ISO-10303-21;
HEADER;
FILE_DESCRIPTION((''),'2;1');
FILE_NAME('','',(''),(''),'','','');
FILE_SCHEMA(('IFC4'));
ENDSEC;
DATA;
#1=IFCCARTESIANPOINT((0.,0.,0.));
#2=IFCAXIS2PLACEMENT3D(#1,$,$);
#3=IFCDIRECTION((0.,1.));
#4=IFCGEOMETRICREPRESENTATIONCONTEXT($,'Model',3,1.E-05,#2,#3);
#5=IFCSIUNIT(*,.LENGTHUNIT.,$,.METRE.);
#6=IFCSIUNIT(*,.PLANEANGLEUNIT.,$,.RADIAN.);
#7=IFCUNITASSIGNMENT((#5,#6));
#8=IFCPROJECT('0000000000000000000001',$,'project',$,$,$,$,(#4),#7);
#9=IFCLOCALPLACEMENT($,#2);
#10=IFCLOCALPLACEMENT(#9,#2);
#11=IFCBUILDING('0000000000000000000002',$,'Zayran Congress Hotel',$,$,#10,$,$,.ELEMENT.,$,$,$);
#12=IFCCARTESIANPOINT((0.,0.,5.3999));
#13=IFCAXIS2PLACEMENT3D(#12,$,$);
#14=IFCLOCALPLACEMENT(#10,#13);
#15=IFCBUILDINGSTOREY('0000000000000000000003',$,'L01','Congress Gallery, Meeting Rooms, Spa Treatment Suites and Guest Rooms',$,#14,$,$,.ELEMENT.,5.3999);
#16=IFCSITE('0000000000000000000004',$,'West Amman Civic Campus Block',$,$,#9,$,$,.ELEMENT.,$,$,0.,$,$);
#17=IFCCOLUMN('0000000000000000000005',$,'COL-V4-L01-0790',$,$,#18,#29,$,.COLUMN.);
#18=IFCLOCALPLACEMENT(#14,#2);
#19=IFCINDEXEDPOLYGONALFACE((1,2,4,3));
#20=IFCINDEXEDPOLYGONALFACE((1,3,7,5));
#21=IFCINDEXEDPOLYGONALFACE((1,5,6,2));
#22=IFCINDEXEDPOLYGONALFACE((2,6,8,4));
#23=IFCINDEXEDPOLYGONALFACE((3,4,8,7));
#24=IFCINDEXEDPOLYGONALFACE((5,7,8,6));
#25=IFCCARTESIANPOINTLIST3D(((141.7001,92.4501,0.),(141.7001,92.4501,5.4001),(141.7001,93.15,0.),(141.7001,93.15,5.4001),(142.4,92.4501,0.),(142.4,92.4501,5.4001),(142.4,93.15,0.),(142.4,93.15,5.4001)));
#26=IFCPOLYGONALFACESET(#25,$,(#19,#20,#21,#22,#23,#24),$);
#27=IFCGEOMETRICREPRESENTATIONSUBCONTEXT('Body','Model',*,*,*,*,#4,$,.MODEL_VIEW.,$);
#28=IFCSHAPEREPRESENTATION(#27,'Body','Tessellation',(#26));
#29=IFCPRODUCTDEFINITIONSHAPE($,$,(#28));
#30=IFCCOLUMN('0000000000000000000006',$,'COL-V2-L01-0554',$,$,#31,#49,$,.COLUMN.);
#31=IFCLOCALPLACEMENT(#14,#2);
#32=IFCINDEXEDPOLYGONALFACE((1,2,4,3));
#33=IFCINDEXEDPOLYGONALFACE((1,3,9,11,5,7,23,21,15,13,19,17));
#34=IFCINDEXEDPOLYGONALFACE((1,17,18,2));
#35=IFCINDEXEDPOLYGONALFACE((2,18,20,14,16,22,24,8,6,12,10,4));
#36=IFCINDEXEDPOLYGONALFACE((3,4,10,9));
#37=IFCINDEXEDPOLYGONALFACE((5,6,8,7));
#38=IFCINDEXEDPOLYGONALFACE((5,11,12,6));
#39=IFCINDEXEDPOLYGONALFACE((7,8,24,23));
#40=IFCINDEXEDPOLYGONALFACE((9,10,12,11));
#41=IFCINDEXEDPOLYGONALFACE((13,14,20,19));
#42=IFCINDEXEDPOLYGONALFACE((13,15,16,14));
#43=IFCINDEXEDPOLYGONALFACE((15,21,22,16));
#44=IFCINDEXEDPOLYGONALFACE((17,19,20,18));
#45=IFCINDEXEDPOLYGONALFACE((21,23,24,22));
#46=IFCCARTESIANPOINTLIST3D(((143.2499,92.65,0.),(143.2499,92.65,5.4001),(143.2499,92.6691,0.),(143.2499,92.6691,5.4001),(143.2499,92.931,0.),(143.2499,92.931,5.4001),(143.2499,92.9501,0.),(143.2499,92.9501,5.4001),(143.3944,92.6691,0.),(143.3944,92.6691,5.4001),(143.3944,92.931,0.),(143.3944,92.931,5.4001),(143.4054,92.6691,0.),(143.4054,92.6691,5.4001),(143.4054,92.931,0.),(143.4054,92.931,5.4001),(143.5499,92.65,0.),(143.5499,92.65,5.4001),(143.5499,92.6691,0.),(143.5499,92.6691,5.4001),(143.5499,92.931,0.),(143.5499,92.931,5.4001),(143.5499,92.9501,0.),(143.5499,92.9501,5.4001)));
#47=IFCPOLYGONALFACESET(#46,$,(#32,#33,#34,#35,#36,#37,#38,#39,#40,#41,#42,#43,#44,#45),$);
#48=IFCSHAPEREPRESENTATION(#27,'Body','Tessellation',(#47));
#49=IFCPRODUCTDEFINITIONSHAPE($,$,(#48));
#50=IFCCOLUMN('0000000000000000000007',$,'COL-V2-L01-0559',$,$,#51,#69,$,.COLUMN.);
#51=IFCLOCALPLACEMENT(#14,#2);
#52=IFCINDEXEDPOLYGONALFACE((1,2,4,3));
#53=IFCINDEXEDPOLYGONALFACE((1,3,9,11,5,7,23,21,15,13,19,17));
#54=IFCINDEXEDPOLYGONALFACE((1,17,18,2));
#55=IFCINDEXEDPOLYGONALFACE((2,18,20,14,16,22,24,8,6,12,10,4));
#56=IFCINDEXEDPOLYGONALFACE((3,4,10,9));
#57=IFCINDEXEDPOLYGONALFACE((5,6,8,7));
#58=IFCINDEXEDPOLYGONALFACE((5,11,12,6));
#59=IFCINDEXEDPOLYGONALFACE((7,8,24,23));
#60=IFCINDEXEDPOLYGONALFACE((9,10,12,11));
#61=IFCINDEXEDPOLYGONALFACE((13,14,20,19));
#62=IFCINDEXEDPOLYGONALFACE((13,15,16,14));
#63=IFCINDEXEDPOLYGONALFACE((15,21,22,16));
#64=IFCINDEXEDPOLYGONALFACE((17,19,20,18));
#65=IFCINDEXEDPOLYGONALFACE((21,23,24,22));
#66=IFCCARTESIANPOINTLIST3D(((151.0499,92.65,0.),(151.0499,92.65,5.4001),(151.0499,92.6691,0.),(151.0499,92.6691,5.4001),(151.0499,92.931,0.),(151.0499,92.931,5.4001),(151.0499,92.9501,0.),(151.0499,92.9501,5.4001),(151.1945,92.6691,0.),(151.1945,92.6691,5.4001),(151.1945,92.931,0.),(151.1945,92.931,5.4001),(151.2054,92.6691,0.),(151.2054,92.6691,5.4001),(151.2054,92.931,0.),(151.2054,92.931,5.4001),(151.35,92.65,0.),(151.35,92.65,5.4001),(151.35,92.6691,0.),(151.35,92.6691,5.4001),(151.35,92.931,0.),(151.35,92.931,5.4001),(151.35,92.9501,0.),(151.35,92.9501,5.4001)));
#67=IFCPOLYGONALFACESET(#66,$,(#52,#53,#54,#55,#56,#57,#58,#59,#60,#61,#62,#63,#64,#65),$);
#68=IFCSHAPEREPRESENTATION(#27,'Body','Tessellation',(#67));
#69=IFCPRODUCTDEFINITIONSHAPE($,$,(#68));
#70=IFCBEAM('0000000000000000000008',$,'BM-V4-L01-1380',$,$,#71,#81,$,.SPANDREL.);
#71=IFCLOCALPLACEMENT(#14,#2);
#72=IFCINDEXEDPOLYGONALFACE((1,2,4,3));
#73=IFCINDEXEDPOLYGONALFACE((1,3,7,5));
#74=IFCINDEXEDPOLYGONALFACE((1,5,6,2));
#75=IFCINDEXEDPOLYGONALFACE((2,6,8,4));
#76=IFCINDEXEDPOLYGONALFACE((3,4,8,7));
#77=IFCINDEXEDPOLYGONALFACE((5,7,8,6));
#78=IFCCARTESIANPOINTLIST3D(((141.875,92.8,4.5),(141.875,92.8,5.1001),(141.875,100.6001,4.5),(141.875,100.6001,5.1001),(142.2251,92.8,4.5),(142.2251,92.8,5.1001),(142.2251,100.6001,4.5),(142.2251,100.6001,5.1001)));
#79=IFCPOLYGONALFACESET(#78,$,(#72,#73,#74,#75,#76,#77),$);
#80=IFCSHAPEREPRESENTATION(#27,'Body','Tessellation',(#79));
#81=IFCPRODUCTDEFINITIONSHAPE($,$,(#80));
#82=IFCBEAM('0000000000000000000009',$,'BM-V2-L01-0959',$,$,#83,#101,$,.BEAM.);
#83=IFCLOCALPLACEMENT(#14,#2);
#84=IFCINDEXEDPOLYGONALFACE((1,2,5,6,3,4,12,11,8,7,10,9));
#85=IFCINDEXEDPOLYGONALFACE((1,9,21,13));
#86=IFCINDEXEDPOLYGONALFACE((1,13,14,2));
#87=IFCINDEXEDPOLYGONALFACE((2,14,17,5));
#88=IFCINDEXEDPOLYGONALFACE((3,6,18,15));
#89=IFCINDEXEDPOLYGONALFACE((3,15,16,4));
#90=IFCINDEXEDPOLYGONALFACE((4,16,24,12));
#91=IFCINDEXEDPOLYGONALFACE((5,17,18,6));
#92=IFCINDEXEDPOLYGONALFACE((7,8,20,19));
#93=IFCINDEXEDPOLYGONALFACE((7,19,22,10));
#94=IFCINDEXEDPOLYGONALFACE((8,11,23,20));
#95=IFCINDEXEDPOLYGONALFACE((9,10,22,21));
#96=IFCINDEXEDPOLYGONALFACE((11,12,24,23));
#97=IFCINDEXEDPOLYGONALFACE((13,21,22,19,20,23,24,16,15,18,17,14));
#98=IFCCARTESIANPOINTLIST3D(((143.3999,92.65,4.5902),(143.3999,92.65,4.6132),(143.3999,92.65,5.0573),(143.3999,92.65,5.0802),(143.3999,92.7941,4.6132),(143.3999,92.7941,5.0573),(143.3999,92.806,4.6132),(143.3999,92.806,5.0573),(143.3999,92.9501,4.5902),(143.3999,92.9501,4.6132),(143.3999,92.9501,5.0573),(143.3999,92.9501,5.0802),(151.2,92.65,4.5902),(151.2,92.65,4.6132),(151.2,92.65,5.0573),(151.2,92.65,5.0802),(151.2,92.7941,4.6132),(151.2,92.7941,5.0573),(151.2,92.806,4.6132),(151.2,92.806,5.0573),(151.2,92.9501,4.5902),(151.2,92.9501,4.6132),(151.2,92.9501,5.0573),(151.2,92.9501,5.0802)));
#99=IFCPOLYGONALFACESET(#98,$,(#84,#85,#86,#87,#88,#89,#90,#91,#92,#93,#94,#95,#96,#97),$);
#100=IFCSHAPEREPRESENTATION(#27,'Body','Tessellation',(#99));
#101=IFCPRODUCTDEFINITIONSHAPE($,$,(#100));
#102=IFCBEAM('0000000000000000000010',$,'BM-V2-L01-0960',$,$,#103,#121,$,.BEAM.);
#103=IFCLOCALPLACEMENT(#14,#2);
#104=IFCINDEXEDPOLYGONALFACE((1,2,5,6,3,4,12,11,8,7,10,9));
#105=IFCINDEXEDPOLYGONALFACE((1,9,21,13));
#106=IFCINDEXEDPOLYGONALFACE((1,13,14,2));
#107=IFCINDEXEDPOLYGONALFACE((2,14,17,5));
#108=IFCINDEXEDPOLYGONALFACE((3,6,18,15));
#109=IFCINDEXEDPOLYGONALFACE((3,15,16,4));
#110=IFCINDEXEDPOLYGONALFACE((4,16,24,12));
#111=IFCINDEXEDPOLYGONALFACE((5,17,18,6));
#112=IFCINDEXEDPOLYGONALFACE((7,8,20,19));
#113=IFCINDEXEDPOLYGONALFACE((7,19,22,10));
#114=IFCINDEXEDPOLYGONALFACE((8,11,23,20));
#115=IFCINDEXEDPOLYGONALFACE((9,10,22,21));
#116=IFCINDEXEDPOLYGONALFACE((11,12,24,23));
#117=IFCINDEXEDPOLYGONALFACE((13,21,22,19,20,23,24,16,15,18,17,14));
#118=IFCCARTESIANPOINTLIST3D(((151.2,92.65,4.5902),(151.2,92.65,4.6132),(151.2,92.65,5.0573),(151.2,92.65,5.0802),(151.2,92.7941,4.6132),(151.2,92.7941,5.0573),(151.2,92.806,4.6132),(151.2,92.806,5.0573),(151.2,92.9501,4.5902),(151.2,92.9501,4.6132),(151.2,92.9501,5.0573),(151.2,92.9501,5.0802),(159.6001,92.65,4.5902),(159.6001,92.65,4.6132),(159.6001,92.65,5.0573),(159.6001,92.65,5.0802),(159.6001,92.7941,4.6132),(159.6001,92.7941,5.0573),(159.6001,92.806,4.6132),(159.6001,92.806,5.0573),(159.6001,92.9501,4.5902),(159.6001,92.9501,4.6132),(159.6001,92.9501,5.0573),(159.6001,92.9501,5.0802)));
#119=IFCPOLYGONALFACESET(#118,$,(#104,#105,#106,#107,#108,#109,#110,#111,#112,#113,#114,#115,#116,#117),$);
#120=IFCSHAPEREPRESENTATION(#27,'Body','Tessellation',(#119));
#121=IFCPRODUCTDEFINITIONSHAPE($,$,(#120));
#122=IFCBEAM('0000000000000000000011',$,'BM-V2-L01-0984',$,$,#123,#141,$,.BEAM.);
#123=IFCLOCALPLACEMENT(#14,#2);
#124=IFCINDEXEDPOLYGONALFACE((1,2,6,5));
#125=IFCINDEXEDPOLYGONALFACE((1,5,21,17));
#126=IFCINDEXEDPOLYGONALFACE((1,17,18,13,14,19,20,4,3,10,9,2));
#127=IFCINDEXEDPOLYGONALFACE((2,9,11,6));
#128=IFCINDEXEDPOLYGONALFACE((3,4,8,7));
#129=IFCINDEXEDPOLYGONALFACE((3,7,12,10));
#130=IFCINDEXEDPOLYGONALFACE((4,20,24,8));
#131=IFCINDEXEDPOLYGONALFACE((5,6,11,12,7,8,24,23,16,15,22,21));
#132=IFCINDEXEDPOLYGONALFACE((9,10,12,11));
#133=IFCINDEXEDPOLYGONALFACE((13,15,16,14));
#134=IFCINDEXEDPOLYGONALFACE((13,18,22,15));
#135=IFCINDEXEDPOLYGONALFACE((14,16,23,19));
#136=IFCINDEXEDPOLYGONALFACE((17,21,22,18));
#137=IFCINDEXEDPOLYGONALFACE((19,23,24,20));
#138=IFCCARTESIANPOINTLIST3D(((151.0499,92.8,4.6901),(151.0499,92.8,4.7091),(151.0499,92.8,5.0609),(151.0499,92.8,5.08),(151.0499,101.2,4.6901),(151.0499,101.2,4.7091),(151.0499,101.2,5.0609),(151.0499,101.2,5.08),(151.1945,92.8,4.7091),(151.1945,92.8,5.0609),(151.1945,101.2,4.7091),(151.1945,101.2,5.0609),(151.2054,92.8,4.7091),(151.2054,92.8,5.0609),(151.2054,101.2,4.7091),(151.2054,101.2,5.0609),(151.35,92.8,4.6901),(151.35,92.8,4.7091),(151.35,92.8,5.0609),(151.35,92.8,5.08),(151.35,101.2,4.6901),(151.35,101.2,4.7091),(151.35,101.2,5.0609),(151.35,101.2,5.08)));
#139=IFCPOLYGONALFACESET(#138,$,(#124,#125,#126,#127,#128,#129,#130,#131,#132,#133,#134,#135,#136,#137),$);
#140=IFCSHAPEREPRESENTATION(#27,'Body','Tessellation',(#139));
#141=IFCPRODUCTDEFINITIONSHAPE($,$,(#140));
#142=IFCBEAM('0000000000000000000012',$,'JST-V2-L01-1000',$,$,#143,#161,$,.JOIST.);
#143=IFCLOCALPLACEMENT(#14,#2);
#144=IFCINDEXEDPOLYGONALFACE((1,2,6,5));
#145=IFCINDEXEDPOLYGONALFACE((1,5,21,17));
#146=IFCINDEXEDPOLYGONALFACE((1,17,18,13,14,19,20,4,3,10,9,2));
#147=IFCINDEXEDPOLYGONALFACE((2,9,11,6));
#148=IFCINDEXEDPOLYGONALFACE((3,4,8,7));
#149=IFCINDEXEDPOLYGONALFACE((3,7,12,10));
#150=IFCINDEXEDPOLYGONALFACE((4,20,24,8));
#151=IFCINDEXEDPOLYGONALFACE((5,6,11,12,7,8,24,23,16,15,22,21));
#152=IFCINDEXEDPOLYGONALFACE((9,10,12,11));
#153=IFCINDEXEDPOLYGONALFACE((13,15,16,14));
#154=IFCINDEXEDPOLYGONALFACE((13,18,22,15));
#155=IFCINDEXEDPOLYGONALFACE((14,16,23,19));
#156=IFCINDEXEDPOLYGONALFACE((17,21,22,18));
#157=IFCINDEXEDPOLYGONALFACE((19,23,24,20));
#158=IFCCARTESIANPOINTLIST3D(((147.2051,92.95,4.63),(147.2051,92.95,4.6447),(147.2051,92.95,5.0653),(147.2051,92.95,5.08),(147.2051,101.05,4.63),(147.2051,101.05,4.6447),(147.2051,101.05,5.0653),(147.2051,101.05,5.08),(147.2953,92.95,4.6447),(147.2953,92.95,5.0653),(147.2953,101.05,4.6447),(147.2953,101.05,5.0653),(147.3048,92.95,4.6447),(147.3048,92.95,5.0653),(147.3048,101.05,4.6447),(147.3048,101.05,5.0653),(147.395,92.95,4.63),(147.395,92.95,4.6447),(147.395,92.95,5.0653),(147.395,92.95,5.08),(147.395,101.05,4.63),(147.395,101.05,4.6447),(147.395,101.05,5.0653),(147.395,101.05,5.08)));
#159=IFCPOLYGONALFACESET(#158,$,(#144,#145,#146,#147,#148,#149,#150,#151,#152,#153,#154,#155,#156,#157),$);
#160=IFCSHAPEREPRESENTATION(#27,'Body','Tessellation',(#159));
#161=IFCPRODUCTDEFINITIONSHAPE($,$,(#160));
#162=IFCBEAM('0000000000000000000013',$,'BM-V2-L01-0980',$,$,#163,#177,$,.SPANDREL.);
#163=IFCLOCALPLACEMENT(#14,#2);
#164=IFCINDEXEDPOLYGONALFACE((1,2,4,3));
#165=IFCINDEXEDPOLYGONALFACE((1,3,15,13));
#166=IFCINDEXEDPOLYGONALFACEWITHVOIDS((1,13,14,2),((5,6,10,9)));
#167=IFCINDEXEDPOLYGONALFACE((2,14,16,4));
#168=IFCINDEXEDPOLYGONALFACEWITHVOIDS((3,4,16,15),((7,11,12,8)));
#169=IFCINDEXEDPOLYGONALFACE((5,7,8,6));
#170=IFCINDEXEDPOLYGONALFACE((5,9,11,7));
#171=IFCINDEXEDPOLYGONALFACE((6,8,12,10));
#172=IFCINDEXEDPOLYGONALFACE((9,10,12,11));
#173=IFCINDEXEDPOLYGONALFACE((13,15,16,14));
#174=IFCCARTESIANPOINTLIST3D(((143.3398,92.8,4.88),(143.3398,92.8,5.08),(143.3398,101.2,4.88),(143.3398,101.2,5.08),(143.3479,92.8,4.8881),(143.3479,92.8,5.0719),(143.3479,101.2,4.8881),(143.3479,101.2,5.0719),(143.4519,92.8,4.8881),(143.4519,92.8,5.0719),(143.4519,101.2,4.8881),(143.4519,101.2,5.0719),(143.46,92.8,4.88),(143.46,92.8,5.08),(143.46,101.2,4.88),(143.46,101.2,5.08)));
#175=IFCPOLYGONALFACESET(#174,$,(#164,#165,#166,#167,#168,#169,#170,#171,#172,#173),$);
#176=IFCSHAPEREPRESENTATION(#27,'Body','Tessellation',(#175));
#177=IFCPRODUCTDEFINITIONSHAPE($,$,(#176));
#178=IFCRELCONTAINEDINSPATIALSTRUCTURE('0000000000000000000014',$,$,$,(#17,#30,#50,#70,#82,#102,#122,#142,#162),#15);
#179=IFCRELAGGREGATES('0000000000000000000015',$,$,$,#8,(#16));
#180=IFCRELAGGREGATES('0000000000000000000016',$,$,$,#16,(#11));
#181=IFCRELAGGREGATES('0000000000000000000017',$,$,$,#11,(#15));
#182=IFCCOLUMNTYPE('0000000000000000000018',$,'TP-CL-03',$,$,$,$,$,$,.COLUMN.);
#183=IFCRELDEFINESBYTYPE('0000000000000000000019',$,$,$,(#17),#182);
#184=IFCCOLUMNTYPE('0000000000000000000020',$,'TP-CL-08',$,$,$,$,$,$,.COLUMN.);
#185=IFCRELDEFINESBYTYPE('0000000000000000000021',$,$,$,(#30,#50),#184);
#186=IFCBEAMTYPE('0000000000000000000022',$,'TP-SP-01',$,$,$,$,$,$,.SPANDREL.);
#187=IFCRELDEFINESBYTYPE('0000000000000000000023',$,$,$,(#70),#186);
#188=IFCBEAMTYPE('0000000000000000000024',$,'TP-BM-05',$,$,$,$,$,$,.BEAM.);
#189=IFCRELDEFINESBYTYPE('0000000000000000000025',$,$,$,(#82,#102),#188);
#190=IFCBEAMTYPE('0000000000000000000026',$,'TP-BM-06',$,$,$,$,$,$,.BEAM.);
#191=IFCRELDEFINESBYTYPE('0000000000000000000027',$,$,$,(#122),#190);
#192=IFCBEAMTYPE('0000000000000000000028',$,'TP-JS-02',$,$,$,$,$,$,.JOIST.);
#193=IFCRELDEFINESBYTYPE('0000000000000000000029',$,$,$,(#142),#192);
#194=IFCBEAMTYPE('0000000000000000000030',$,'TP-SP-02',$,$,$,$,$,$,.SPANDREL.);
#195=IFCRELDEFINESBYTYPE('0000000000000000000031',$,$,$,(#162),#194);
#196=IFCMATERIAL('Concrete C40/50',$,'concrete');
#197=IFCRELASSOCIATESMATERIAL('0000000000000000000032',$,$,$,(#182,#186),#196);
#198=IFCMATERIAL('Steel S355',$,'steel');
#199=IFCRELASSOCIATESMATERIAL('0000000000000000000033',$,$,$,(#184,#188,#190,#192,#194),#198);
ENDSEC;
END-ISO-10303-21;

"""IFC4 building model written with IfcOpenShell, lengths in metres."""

from ifc_helpers import new_model, si_unit, direction, frame, origin, origin_2d, place, context, subcontext, project, spatial, rectangle, hollow_rectangle, i_section, extrude, material, material_profile, profile_set, type_object, element, save


model = new_model("IFC4")

# Units and contexts
model_context = context("Model", 3, precision=1e-05, world=origin(), true_north=direction((0.0, 1.0)))
body_context = subcontext(model_context, "Body", "Model", "MODEL_VIEW")
ifc_project = project(units=[si_unit("LENGTHUNIT", "METRE"), si_unit("PLANEANGLEUNIT", "RADIAN")], contexts=[model_context])

# Site, building, storey
site_placement = place(None, origin())
site = spatial("IfcSite", under=ifc_project, at=site_placement, Name="West Amman Civic Campus Block", CompositionType="ELEMENT", RefElevation=0.0)
building_placement = place(site_placement, origin())
building = spatial("IfcBuilding", under=site, at=building_placement, Name="Zayran Congress Hotel", CompositionType="ELEMENT")
storey_placement = place(building_placement, frame((0.0, 0.0, 5.3999)))
storey = spatial("IfcBuildingStorey", under=building, at=storey_placement, Name="L01", Description="Congress Gallery, Meeting Rooms, Spa Treatment Suites and Guest Rooms", CompositionType="ELEMENT", Elevation=5.3999)

# Columns
ifc_material_1 = material(Name="Concrete C40/50", Category="concrete")
ifc_material_profile_1 = material_profile(ifc_material_1, rectangle(XDim=0.7, YDim=0.7, at=origin_2d()), Name="RC 700x700")
ifc_profile_set_1 = profile_set([ifc_material_profile_1], Name="Concrete C40/50")
column_type_1 = type_object("IfcColumnType", Name="TP-CL-03", PredefinedType="COLUMN", material=ifc_profile_set_1)
column_placement = place(storey_placement, frame((142.05, 92.8, 0.0), z_axis=(0.0, 0.0, 1.0), x_axis=(1.0, 0.0, 0.0)))
element("IfcColumn", 1, at=column_placement, inside=storey, type_object=column_type_1, Name="COL-V4-L01-0790", PredefinedType="COLUMN", context=body_context, shape_type="SweptSolid", body=[
    extrude(rectangle(XDim=0.7, YDim=0.7, at=origin_2d()), origin(), (0.0, 0.0, 1.0), 5.4001),
])
ifc_material_2 = material(Name="Steel S355", Category="steel")
ifc_material_profile_2 = material_profile(ifc_material_2, i_section(OverallWidth=0.3, OverallDepth=0.3, WebThickness=0.011, FlangeThickness=0.019, at=origin_2d()), Name="HEB 300")
ifc_profile_set_2 = profile_set([ifc_material_profile_2], Name="Steel S355")
column_type_2 = type_object("IfcColumnType", Name="TP-CL-08", PredefinedType="COLUMN", material=ifc_profile_set_2)
for number, where, z_axis, x_axis, name in (
    (2, (143.3999, 92.8, 0.0), (0.0, 0.0, 1.0), (1.0, 0.0, 0.0), "COL-V2-L01-0554"),
    (3, (151.2, 92.8, 0.0), (0.0, 0.0, 1.0), (1.0, 0.0, 0.0), "COL-V2-L01-0559"),
):
    element("IfcColumn", number, at=place(storey_placement, frame(where, z_axis=z_axis, x_axis=x_axis)), inside=storey, type_object=column_type_2, Name=name, PredefinedType="COLUMN", context=body_context, shape_type="SweptSolid", body=[
        extrude(i_section(OverallWidth=0.3, OverallDepth=0.3, WebThickness=0.011, FlangeThickness=0.019, at=origin_2d()), origin(), (0.0, 0.0, 1.0), 5.4001),
    ])

# Beams
ifc_material_profile_3 = material_profile(ifc_material_1, rectangle(XDim=0.3501, YDim=0.6001, at=origin_2d()), Name="RC 350x600")
ifc_profile_set_3 = profile_set([ifc_material_profile_3], Name="Concrete C40/50")
beam_type_1 = type_object("IfcBeamType", Name="TP-SP-01", PredefinedType="SPANDREL", material=ifc_profile_set_3)
beam_1_placement = place(storey_placement, frame((142.05, 92.8, 4.8), z_axis=(0.0, 1.0, 0.0), x_axis=(-1.0, 0.0, 0.0)))
element("IfcBeam", 4, at=beam_1_placement, inside=storey, type_object=beam_type_1, Name="BM-V4-L01-1380", PredefinedType="SPANDREL", context=body_context, shape_type="SweptSolid", body=[
    extrude(rectangle(XDim=0.3501, YDim=0.6001, at=origin_2d()), origin(), (0.0, 0.0, 1.0), 7.8),
])
ifc_material_profile_4 = material_profile(ifc_material_2, i_section(OverallWidth=0.3, OverallDepth=0.49, WebThickness=0.012, FlangeThickness=0.0229, at=origin_2d()), Name="HEA 500")
ifc_profile_set_4 = profile_set([ifc_material_profile_4], Name="Steel S355")
beam_type_2 = type_object("IfcBeamType", Name="TP-BM-05", PredefinedType="BEAM", material=ifc_profile_set_4)
beam_2_placement = place(storey_placement, frame((143.3999, 92.8, 4.8352), z_axis=(1.0, 0.0, 0.0), x_axis=(0.0, 1.0, 0.0)))
element("IfcBeam", 5, at=beam_2_placement, inside=storey, type_object=beam_type_2, Name="BM-V2-L01-0959", PredefinedType="BEAM", context=body_context, shape_type="SweptSolid", body=[
    extrude(i_section(OverallWidth=0.3, OverallDepth=0.49, WebThickness=0.012, FlangeThickness=0.0229, at=origin_2d()), origin(), (0.0, 0.0, 1.0), 7.8),
])
beam_3_placement = place(storey_placement, frame((151.2, 92.8, 4.8352), z_axis=(1.0, 0.0, 0.0), x_axis=(0.0, 1.0, 0.0)))
element("IfcBeam", 6, at=beam_3_placement, inside=storey, type_object=beam_type_2, Name="BM-V2-L01-0960", PredefinedType="BEAM", context=body_context, shape_type="SweptSolid", body=[
    extrude(i_section(OverallWidth=0.3, OverallDepth=0.49, WebThickness=0.012, FlangeThickness=0.0229, at=origin_2d()), origin(), (0.0, 0.0, 1.0), 8.4001),
])
ifc_material_profile_5 = material_profile(ifc_material_2, i_section(OverallWidth=0.3, OverallDepth=0.3899, WebThickness=0.011, FlangeThickness=0.019, at=origin_2d()), Name="HEA 400")
ifc_profile_set_5 = profile_set([ifc_material_profile_5], Name="Steel S355")
beam_type_3 = type_object("IfcBeamType", Name="TP-BM-06", PredefinedType="BEAM", material=ifc_profile_set_5)
beam_4_placement = place(storey_placement, frame((151.2, 92.8, 4.885), z_axis=(0.0, 1.0, 0.0), x_axis=(-1.0, 0.0, 0.0)))
element("IfcBeam", 7, at=beam_4_placement, inside=storey, type_object=beam_type_3, Name="BM-V2-L01-0984", PredefinedType="BEAM", context=body_context, shape_type="SweptSolid", body=[
    extrude(i_section(OverallWidth=0.3, OverallDepth=0.3899, WebThickness=0.011, FlangeThickness=0.019, at=origin_2d()), origin(), (0.0, 0.0, 1.0), 8.3999),
])
ifc_material_profile_6 = material_profile(ifc_material_2, i_section(OverallWidth=0.1899, OverallDepth=0.45, WebThickness=0.0095, FlangeThickness=0.0146, at=origin_2d()), Name="IPE 450")
ifc_profile_set_6 = profile_set([ifc_material_profile_6], Name="Steel S355")
beam_type_4 = type_object("IfcBeamType", Name="TP-JS-02", PredefinedType="JOIST", material=ifc_profile_set_6)
beam_5_placement = place(storey_placement, frame((147.3, 92.95, 4.855), z_axis=(0.0, 1.0, 0.0), x_axis=(-1.0, 0.0, 0.0)))
element("IfcBeam", 8, at=beam_5_placement, inside=storey, type_object=beam_type_4, Name="JST-V2-L01-1000", PredefinedType="JOIST", context=body_context, shape_type="SweptSolid", body=[
    extrude(i_section(OverallWidth=0.1899, OverallDepth=0.45, WebThickness=0.0095, FlangeThickness=0.0146, at=origin_2d()), origin(), (0.0, 0.0, 1.0), 8.1001),
])
ifc_material_profile_7 = material_profile(ifc_material_2, hollow_rectangle(XDim=0.1201, YDim=0.2, WallThickness=0.0081, at=origin_2d()), Name="RHS 200x120x8")
ifc_profile_set_7 = profile_set([ifc_material_profile_7], Name="Steel S355")
beam_type_5 = type_object("IfcBeamType", Name="TP-SP-02", PredefinedType="SPANDREL", material=ifc_profile_set_7)
beam_6_placement = place(storey_placement, frame((143.3999, 92.8, 4.98), z_axis=(0.0, 1.0, 0.0), x_axis=(-1.0, 0.0, 0.0)))
element("IfcBeam", 9, at=beam_6_placement, inside=storey, type_object=beam_type_5, Name="BM-V2-L01-0980", PredefinedType="SPANDREL", context=body_context, shape_type="SweptSolid", body=[
    extrude(hollow_rectangle(XDim=0.1201, YDim=0.2, WallThickness=0.0081, at=origin_2d()), origin(), (0.0, 0.0, 1.0), 8.3999),
])

save(model, "model.ifc")
